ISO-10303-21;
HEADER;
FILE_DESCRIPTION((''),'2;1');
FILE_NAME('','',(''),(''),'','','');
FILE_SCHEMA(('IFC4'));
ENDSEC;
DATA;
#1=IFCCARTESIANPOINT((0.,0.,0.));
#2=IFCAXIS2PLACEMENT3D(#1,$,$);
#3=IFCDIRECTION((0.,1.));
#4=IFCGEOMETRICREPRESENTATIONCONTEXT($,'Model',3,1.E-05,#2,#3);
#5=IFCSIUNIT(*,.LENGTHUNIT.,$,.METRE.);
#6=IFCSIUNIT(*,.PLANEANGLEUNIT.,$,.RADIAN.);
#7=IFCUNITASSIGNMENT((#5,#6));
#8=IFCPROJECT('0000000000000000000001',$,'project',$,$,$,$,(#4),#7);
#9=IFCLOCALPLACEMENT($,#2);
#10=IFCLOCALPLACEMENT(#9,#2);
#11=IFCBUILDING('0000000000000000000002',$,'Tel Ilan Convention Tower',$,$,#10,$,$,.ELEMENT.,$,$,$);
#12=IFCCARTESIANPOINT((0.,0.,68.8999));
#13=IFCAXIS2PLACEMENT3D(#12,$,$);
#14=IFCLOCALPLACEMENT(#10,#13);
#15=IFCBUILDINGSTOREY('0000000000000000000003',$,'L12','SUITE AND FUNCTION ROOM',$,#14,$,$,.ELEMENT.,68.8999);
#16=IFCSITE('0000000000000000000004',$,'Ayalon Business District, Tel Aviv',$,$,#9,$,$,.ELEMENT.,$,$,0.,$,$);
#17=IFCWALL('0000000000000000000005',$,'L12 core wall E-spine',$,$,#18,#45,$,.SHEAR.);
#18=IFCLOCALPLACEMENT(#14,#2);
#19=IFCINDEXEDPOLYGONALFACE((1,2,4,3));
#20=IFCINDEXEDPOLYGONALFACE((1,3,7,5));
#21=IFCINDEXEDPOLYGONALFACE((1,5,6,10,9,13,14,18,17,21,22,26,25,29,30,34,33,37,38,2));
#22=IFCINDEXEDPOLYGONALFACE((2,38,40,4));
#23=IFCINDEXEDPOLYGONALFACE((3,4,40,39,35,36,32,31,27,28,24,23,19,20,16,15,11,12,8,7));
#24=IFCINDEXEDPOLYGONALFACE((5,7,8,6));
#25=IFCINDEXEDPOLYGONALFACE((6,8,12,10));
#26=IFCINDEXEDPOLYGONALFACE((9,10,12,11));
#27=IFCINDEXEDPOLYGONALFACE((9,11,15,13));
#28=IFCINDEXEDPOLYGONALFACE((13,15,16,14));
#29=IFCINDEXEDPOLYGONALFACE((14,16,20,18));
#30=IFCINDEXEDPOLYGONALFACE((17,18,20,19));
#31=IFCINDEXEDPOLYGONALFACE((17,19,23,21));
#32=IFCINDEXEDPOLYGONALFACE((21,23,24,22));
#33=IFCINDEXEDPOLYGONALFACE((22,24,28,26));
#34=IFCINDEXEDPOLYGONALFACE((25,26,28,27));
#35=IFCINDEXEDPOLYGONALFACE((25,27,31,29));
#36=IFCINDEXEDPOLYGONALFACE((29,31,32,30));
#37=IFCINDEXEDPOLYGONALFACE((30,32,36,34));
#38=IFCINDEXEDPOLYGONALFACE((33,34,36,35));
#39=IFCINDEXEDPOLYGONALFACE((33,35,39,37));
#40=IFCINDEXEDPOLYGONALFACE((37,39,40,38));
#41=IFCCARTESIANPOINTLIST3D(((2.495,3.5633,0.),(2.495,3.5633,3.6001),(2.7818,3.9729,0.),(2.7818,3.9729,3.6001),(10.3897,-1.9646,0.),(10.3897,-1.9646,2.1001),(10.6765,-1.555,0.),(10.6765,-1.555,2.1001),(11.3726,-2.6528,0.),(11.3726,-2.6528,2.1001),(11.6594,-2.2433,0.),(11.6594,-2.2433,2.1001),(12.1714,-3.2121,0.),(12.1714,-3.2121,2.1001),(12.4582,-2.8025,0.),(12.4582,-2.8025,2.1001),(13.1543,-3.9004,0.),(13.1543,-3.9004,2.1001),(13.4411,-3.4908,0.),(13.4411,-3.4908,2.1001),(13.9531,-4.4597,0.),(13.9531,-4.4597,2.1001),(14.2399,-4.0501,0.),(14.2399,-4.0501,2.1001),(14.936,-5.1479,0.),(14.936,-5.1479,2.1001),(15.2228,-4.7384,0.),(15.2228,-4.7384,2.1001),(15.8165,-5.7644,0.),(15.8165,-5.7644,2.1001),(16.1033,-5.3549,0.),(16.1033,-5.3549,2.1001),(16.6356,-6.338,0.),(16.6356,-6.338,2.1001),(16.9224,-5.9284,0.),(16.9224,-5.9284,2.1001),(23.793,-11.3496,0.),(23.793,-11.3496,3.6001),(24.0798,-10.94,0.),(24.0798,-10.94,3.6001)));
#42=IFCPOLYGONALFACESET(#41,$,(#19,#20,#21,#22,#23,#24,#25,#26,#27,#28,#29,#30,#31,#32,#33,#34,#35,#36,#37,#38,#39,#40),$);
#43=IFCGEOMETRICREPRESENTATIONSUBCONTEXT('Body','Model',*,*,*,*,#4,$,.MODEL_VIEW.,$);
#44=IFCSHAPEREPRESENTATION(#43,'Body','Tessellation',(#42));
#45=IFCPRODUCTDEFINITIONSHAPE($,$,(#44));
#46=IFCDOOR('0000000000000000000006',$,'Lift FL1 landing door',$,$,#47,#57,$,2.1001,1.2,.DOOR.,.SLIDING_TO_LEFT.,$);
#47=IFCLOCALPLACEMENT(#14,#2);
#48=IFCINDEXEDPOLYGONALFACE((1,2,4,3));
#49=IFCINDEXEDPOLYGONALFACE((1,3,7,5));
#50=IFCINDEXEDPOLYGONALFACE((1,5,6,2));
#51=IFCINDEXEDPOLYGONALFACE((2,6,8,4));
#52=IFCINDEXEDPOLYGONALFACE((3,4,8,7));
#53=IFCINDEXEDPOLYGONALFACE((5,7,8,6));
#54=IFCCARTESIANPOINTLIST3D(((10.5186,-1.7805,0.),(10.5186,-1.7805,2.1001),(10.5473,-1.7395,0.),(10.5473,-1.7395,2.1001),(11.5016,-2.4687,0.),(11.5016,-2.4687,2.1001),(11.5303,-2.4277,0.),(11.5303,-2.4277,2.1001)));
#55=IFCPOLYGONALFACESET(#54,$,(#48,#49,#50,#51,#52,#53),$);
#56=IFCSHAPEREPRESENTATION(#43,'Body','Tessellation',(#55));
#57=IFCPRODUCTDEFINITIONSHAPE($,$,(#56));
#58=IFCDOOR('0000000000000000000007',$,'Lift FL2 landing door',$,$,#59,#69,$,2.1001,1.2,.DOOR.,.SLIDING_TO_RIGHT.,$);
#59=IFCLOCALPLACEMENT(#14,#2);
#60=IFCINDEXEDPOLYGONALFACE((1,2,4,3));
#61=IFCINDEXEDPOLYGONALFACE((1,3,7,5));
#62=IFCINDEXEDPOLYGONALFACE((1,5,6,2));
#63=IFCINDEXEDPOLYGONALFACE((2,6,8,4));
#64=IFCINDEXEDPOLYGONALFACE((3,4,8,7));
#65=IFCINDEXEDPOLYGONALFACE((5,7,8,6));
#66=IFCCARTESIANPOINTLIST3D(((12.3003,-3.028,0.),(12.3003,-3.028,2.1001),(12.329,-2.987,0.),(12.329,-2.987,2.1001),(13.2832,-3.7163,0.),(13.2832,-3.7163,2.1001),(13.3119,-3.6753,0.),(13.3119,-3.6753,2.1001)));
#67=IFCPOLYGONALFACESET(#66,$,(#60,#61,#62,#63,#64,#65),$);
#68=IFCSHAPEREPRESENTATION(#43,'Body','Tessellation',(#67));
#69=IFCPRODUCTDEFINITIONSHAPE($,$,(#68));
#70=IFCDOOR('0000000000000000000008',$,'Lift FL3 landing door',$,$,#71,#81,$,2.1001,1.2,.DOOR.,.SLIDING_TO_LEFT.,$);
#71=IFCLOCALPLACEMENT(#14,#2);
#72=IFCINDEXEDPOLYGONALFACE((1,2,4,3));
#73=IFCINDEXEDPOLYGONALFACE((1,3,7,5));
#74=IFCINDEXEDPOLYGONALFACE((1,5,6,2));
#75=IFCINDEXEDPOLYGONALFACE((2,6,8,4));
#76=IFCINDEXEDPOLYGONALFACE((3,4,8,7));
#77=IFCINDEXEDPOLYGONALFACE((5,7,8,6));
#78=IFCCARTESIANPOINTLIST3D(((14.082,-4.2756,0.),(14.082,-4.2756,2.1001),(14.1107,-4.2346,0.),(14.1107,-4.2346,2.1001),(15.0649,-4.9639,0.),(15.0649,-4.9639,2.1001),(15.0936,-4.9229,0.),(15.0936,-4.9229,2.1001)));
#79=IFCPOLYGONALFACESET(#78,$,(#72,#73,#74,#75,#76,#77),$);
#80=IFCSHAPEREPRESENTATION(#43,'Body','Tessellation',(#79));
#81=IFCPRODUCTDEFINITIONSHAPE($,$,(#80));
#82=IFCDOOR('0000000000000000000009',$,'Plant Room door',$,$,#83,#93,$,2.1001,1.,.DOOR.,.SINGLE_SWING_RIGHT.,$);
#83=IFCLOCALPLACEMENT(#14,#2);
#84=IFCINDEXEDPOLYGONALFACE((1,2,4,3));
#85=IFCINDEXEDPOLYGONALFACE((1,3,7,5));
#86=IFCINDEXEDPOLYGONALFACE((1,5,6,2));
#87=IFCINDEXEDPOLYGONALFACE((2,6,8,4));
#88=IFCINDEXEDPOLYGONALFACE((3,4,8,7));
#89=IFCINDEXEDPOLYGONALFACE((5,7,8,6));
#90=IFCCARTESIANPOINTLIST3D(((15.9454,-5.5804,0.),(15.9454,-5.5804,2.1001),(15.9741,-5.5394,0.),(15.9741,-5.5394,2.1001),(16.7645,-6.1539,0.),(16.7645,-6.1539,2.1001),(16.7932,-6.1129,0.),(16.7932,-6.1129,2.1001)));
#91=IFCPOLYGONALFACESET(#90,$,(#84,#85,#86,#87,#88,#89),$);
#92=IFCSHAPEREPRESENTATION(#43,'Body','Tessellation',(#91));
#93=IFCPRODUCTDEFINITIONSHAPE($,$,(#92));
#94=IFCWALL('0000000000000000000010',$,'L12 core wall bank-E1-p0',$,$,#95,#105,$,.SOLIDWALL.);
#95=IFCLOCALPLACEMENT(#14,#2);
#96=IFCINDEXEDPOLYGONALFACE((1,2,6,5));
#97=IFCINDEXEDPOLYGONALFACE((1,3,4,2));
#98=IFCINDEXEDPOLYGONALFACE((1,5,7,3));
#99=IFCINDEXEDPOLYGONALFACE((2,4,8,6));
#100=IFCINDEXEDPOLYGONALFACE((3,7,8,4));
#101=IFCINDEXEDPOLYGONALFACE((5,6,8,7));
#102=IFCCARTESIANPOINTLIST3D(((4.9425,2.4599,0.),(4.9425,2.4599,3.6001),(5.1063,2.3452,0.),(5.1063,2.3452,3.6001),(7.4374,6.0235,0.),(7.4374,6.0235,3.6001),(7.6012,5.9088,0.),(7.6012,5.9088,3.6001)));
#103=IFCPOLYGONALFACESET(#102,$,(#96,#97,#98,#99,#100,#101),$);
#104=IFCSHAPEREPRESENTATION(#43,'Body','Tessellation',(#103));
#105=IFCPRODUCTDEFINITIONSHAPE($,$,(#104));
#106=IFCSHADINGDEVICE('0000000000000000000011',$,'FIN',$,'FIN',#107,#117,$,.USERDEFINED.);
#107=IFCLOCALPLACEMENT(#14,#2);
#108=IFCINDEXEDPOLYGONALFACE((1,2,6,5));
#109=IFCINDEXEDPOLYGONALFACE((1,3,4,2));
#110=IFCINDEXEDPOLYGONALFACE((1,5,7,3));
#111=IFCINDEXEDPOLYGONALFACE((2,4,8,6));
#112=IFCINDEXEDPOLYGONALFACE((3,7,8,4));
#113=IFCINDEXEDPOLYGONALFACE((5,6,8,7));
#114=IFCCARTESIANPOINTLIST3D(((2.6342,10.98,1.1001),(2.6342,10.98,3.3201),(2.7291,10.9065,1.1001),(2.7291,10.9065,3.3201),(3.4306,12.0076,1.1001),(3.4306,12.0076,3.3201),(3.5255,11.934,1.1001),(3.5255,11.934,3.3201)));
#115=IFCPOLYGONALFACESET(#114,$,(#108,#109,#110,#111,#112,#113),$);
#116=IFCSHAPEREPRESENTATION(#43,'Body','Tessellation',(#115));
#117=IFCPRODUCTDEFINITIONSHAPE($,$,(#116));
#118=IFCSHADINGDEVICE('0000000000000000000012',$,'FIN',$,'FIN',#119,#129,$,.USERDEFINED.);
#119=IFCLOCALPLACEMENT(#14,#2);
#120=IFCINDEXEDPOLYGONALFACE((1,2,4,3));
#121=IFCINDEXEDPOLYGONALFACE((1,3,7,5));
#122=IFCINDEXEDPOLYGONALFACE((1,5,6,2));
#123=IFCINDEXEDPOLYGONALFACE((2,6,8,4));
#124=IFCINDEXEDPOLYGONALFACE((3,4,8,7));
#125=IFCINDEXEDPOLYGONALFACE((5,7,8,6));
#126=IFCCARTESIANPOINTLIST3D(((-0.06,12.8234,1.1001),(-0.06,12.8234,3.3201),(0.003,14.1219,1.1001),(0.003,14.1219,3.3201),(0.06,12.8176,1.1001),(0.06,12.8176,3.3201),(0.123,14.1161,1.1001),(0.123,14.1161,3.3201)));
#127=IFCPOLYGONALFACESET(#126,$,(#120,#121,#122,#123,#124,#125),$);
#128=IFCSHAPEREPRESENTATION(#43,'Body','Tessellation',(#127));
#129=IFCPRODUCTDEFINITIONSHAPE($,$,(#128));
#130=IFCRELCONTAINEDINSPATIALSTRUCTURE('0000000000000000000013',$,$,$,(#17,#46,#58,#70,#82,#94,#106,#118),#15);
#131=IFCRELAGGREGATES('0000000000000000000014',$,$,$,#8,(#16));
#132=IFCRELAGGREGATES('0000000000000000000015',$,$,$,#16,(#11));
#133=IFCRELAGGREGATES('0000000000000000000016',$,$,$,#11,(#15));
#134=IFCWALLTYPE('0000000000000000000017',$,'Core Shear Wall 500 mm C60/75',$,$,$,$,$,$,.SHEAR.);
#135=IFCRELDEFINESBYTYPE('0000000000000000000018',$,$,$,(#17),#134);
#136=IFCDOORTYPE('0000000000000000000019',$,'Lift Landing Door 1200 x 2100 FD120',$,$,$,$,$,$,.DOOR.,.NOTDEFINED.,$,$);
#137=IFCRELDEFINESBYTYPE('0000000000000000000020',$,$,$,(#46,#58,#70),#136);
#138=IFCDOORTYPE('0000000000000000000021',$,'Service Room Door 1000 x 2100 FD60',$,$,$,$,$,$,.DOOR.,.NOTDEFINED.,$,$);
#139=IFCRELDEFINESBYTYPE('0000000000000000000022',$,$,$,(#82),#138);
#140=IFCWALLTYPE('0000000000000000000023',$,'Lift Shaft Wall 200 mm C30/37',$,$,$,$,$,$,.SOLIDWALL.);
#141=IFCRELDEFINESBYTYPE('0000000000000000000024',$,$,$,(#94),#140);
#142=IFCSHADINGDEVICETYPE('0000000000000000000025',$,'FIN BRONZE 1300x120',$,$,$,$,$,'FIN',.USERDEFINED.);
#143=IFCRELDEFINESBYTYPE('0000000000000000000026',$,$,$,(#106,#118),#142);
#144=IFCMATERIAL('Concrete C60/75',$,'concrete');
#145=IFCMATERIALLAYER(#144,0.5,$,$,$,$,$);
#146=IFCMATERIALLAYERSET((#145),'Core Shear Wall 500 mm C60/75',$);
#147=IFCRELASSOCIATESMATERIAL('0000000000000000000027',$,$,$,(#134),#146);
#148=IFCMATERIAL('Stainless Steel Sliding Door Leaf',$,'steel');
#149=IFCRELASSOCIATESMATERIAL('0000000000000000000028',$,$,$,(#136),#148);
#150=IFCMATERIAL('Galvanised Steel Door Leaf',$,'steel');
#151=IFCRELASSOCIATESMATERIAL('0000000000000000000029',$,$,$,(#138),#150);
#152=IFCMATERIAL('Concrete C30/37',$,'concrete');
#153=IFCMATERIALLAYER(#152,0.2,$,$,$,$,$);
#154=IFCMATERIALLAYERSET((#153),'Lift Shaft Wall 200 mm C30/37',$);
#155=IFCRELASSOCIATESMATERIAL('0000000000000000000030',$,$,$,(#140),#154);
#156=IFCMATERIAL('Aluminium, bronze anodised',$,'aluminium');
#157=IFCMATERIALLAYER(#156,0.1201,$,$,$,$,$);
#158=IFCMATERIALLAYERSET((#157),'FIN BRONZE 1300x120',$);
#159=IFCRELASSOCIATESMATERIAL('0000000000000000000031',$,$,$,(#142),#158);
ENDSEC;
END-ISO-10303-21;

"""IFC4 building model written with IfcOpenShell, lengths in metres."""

from ifc_helpers import new_model, si_unit, direction, frame, frame_2d, origin, origin_2d, place, context, subcontext, project, spatial, polyline, rectangle, outline, extrude, material, layer, layer_set, type_object, element, fill, save


model = new_model("IFC4")

# Units and contexts
model_context = context("Model", 3, precision=1e-05, world=origin(), true_north=direction((0.0, 1.0)))
body_context = subcontext(model_context, "Body", "Model", "MODEL_VIEW")
ifc_project = project(units=[si_unit("LENGTHUNIT", "METRE"), si_unit("PLANEANGLEUNIT", "RADIAN")], contexts=[model_context])

# Site, building, storey
site_placement = place(None, origin())
site = spatial("IfcSite", under=ifc_project, at=site_placement, Name="Ayalon Business District, Tel Aviv", CompositionType="ELEMENT", RefElevation=0.0)
building_placement = place(site_placement, origin())
building = spatial("IfcBuilding", under=site, at=building_placement, Name="Tel Ilan Convention Tower", CompositionType="ELEMENT")
storey_placement = place(building_placement, frame((0.0, 0.0, 68.8999)))
storey = spatial("IfcBuildingStorey", under=building, at=storey_placement, Name="L12", Description="SUITE AND FUNCTION ROOM", CompositionType="ELEMENT", Elevation=68.8999)

# Wall, openings, doors
ifc_material_1 = material(Name="Concrete C60/75", Category="concrete")
ifc_layer_1 = layer(ifc_material_1, 0.5)
ifc_layer_set_1 = layer_set([ifc_layer_1], Name="Core Shear Wall 500 mm C60/75")
wall_type_1 = type_object("IfcWallType", Name="Core Shear Wall 500 mm C60/75", PredefinedType="SHEAR", material=ifc_layer_set_1)
wall_1_placement = place(storey_placement, frame((2.6384, 3.7681, 0.0), z_axis=(0.0, 0.0, 1.0), x_axis=(0.819149, -0.573581, 0.0)))
wall_1 = element("IfcWall", 1, at=wall_1_placement, inside=storey, type_object=wall_type_1, Name="L12 core wall E-spine", PredefinedType="SHEAR", context=body_context, shape_type="SweptSolid", body=[
    extrude(outline(polyline([(0.0, 0.25), (0.0, -0.25), (26.0, -0.2498), (26.0, 0.2502), (0.0, 0.25)])), origin(), (0.0, 0.0, 1.0), 3.6001),
])
opening_1_placement = place(wall_1_placement, frame((9.6375, 0.0, 0.0)))
opening_1 = element("IfcOpeningElement", 2, at=opening_1_placement, cuts=wall_1, PredefinedType="OPENING", context=body_context, shape_type="SweptSolid", body=[
    extrude(rectangle(XDim=1.2, YDim=2.1001, at=frame_2d((0.6001, 1.05))), frame((0.0, 0.26, 0.0), z_axis=(0.0, -1.0, 0.0), x_axis=(1.0, 0.0, 0.0)), (0.0, 0.0, 1.0), 0.52),
])
opening_2_placement = place(wall_1_placement, frame((11.8125, 0.0, 0.0)))
opening_2 = element("IfcOpeningElement", 3, at=opening_2_placement, cuts=wall_1, PredefinedType="OPENING", context=body_context, shape_type="SweptSolid", body=[
    extrude(rectangle(XDim=1.2, YDim=2.1001, at=frame_2d((0.6001, 1.05))), frame((0.0, 0.26, 0.0), z_axis=(0.0, -1.0, 0.0), x_axis=(1.0, 0.0, 0.0)), (0.0, 0.0, 1.0), 0.52),
])
opening_3_placement = place(wall_1_placement, frame((13.9875, 0.0, 0.0)))
opening_3 = element("IfcOpeningElement", 4, at=opening_3_placement, cuts=wall_1, PredefinedType="OPENING", context=body_context, shape_type="SweptSolid", body=[
    extrude(rectangle(XDim=1.2, YDim=2.1001, at=frame_2d((0.6001, 1.05))), frame((0.0, 0.26, 0.0), z_axis=(0.0, -1.0, 0.0), x_axis=(1.0, 0.0, 0.0)), (0.0, 0.0, 1.0), 0.52),
])
opening_4_placement = place(wall_1_placement, frame((16.2625, 0.0, 0.0)))
opening_4 = element("IfcOpeningElement", 5, at=opening_4_placement, cuts=wall_1, PredefinedType="OPENING", context=body_context, shape_type="SweptSolid", body=[
    extrude(rectangle(XDim=1.0, YDim=2.1001, at=frame_2d((0.5, 1.05))), frame((0.0, 0.26, 0.0), z_axis=(0.0, -1.0, 0.0), x_axis=(1.0, 0.0, 0.0)), (0.0, 0.0, 1.0), 0.52),
])
ifc_material_2 = material(Name="Stainless Steel Sliding Door Leaf", Category="steel")
door_type_1 = type_object("IfcDoorType", Name="Lift Landing Door 1200 x 2100 FD120", OperationType="NOTDEFINED", PredefinedType="DOOR", material=ifc_material_2)
door_1_placement = place(opening_1_placement, origin())
door_1 = element("IfcDoor", 6, at=door_1_placement, inside=storey, type_object=door_type_1, Name="Lift FL1 landing door", OperationType="SLIDING_TO_LEFT", OverallHeight=2.1001, OverallWidth=1.2, PredefinedType="DOOR", context=body_context, shape_type="SweptSolid", body=[
    extrude(rectangle(XDim=1.2, YDim=2.1001, at=frame_2d((0.6001, 1.05))), frame((0.0, 0.0249, 0.0), z_axis=(0.0, -1.0, 0.0), x_axis=(1.0, 0.0, 0.0)), (0.0, 0.0, 1.0), 0.05),
])
fill(opening_1, door_1)
door_2_placement = place(opening_2_placement, origin())
door_2 = element("IfcDoor", 7, at=door_2_placement, inside=storey, type_object=door_type_1, Name="Lift FL2 landing door", OperationType="SLIDING_TO_RIGHT", OverallHeight=2.1001, OverallWidth=1.2, PredefinedType="DOOR", context=body_context, shape_type="SweptSolid", body=[
    extrude(rectangle(XDim=1.2, YDim=2.1001, at=frame_2d((0.6001, 1.05))), frame((0.0, 0.0249, 0.0), z_axis=(0.0, -1.0, 0.0), x_axis=(1.0, 0.0, 0.0)), (0.0, 0.0, 1.0), 0.05),
])
fill(opening_2, door_2)
door_3_placement = place(opening_3_placement, origin())
door_3 = element("IfcDoor", 8, at=door_3_placement, inside=storey, type_object=door_type_1, Name="Lift FL3 landing door", OperationType="SLIDING_TO_LEFT", OverallHeight=2.1001, OverallWidth=1.2, PredefinedType="DOOR", context=body_context, shape_type="SweptSolid", body=[
    extrude(rectangle(XDim=1.2, YDim=2.1001, at=frame_2d((0.6001, 1.05))), frame((0.0, 0.0249, 0.0), z_axis=(0.0, -1.0, 0.0), x_axis=(1.0, 0.0, 0.0)), (0.0, 0.0, 1.0), 0.05),
])
fill(opening_3, door_3)
ifc_material_3 = material(Name="Galvanised Steel Door Leaf", Category="steel")
door_type_2 = type_object("IfcDoorType", Name="Service Room Door 1000 x 2100 FD60", OperationType="NOTDEFINED", PredefinedType="DOOR", material=ifc_material_3)
door_4_placement = place(opening_4_placement, origin())
door_4 = element("IfcDoor", 9, at=door_4_placement, inside=storey, type_object=door_type_2, Name="Plant Room door", OperationType="SINGLE_SWING_RIGHT", OverallHeight=2.1001, OverallWidth=1.0, PredefinedType="DOOR", context=body_context, shape_type="SweptSolid", body=[
    extrude(rectangle(XDim=1.0, YDim=2.1001, at=frame_2d((0.5, 1.05))), frame((0.0, 0.0249, 0.0), z_axis=(0.0, -1.0, 0.0), x_axis=(1.0, 0.0, 0.0)), (0.0, 0.0, 1.0), 0.05),
])
fill(opening_4, door_4)

# Wall
ifc_material_4 = material(Name="Concrete C30/37", Category="concrete")
ifc_layer_2 = layer(ifc_material_4, 0.2)
ifc_layer_set_2 = layer_set([ifc_layer_2], Name="Lift Shaft Wall 200 mm C30/37")
wall_type_2 = type_object("IfcWallType", Name="Lift Shaft Wall 200 mm C30/37", PredefinedType="SOLIDWALL", material=ifc_layer_set_2)
wall_2_placement = place(storey_placement, frame((5.0244, 2.4026, 0.0), z_axis=(0.0, 0.0, 1.0), x_axis=(0.57353, 0.819184, 0.0)))
element("IfcWall", 10, at=wall_2_placement, inside=storey, type_object=wall_type_2, Name="L12 core wall bank-E1-p0", PredefinedType="SOLIDWALL", context=body_context, shape_type="SweptSolid", body=[
    extrude(rectangle(XDim=4.3501, YDim=0.2, at=frame_2d((2.175, 0.0))), origin(), (0.0, 0.0, 1.0), 3.6001),
])

# Shading devices
ifc_material_5 = material(Name="Aluminium, bronze anodised", Category="aluminium")
ifc_layer_3 = layer(ifc_material_5, 0.1201)
ifc_layer_set_3 = layer_set([ifc_layer_3], Name="FIN BRONZE 1300x120")
shading_device_type = type_object("IfcShadingDeviceType", Name="FIN BRONZE 1300x120", ElementType="FIN", PredefinedType="USERDEFINED", material=ifc_layer_set_3)
for number, where, z_axis, x_axis, name in (
    (11, (3.0798, 11.457, 1.1001), (0.0, 0.0, 1.0), (0.612601, 0.790393, 0.0), "FIN"),
    (12, (0.0315, 13.4697, 1.1001), (0.0, 0.0, 1.0), (0.048462, 0.998825, 0.0), "FIN"),
):
    element("IfcShadingDevice", number, at=place(storey_placement, frame(where, z_axis=z_axis, x_axis=x_axis)), inside=storey, type_object=shading_device_type, Name=name, ObjectType="FIN", PredefinedType="USERDEFINED", context=body_context, shape_type="SweptSolid", body=[
        extrude(rectangle(XDim=1.3, YDim=0.1201, at=origin_2d()), origin(), (0.0, 0.0, 1.0), 2.22),
    ])

save(model, "model.ifc")
